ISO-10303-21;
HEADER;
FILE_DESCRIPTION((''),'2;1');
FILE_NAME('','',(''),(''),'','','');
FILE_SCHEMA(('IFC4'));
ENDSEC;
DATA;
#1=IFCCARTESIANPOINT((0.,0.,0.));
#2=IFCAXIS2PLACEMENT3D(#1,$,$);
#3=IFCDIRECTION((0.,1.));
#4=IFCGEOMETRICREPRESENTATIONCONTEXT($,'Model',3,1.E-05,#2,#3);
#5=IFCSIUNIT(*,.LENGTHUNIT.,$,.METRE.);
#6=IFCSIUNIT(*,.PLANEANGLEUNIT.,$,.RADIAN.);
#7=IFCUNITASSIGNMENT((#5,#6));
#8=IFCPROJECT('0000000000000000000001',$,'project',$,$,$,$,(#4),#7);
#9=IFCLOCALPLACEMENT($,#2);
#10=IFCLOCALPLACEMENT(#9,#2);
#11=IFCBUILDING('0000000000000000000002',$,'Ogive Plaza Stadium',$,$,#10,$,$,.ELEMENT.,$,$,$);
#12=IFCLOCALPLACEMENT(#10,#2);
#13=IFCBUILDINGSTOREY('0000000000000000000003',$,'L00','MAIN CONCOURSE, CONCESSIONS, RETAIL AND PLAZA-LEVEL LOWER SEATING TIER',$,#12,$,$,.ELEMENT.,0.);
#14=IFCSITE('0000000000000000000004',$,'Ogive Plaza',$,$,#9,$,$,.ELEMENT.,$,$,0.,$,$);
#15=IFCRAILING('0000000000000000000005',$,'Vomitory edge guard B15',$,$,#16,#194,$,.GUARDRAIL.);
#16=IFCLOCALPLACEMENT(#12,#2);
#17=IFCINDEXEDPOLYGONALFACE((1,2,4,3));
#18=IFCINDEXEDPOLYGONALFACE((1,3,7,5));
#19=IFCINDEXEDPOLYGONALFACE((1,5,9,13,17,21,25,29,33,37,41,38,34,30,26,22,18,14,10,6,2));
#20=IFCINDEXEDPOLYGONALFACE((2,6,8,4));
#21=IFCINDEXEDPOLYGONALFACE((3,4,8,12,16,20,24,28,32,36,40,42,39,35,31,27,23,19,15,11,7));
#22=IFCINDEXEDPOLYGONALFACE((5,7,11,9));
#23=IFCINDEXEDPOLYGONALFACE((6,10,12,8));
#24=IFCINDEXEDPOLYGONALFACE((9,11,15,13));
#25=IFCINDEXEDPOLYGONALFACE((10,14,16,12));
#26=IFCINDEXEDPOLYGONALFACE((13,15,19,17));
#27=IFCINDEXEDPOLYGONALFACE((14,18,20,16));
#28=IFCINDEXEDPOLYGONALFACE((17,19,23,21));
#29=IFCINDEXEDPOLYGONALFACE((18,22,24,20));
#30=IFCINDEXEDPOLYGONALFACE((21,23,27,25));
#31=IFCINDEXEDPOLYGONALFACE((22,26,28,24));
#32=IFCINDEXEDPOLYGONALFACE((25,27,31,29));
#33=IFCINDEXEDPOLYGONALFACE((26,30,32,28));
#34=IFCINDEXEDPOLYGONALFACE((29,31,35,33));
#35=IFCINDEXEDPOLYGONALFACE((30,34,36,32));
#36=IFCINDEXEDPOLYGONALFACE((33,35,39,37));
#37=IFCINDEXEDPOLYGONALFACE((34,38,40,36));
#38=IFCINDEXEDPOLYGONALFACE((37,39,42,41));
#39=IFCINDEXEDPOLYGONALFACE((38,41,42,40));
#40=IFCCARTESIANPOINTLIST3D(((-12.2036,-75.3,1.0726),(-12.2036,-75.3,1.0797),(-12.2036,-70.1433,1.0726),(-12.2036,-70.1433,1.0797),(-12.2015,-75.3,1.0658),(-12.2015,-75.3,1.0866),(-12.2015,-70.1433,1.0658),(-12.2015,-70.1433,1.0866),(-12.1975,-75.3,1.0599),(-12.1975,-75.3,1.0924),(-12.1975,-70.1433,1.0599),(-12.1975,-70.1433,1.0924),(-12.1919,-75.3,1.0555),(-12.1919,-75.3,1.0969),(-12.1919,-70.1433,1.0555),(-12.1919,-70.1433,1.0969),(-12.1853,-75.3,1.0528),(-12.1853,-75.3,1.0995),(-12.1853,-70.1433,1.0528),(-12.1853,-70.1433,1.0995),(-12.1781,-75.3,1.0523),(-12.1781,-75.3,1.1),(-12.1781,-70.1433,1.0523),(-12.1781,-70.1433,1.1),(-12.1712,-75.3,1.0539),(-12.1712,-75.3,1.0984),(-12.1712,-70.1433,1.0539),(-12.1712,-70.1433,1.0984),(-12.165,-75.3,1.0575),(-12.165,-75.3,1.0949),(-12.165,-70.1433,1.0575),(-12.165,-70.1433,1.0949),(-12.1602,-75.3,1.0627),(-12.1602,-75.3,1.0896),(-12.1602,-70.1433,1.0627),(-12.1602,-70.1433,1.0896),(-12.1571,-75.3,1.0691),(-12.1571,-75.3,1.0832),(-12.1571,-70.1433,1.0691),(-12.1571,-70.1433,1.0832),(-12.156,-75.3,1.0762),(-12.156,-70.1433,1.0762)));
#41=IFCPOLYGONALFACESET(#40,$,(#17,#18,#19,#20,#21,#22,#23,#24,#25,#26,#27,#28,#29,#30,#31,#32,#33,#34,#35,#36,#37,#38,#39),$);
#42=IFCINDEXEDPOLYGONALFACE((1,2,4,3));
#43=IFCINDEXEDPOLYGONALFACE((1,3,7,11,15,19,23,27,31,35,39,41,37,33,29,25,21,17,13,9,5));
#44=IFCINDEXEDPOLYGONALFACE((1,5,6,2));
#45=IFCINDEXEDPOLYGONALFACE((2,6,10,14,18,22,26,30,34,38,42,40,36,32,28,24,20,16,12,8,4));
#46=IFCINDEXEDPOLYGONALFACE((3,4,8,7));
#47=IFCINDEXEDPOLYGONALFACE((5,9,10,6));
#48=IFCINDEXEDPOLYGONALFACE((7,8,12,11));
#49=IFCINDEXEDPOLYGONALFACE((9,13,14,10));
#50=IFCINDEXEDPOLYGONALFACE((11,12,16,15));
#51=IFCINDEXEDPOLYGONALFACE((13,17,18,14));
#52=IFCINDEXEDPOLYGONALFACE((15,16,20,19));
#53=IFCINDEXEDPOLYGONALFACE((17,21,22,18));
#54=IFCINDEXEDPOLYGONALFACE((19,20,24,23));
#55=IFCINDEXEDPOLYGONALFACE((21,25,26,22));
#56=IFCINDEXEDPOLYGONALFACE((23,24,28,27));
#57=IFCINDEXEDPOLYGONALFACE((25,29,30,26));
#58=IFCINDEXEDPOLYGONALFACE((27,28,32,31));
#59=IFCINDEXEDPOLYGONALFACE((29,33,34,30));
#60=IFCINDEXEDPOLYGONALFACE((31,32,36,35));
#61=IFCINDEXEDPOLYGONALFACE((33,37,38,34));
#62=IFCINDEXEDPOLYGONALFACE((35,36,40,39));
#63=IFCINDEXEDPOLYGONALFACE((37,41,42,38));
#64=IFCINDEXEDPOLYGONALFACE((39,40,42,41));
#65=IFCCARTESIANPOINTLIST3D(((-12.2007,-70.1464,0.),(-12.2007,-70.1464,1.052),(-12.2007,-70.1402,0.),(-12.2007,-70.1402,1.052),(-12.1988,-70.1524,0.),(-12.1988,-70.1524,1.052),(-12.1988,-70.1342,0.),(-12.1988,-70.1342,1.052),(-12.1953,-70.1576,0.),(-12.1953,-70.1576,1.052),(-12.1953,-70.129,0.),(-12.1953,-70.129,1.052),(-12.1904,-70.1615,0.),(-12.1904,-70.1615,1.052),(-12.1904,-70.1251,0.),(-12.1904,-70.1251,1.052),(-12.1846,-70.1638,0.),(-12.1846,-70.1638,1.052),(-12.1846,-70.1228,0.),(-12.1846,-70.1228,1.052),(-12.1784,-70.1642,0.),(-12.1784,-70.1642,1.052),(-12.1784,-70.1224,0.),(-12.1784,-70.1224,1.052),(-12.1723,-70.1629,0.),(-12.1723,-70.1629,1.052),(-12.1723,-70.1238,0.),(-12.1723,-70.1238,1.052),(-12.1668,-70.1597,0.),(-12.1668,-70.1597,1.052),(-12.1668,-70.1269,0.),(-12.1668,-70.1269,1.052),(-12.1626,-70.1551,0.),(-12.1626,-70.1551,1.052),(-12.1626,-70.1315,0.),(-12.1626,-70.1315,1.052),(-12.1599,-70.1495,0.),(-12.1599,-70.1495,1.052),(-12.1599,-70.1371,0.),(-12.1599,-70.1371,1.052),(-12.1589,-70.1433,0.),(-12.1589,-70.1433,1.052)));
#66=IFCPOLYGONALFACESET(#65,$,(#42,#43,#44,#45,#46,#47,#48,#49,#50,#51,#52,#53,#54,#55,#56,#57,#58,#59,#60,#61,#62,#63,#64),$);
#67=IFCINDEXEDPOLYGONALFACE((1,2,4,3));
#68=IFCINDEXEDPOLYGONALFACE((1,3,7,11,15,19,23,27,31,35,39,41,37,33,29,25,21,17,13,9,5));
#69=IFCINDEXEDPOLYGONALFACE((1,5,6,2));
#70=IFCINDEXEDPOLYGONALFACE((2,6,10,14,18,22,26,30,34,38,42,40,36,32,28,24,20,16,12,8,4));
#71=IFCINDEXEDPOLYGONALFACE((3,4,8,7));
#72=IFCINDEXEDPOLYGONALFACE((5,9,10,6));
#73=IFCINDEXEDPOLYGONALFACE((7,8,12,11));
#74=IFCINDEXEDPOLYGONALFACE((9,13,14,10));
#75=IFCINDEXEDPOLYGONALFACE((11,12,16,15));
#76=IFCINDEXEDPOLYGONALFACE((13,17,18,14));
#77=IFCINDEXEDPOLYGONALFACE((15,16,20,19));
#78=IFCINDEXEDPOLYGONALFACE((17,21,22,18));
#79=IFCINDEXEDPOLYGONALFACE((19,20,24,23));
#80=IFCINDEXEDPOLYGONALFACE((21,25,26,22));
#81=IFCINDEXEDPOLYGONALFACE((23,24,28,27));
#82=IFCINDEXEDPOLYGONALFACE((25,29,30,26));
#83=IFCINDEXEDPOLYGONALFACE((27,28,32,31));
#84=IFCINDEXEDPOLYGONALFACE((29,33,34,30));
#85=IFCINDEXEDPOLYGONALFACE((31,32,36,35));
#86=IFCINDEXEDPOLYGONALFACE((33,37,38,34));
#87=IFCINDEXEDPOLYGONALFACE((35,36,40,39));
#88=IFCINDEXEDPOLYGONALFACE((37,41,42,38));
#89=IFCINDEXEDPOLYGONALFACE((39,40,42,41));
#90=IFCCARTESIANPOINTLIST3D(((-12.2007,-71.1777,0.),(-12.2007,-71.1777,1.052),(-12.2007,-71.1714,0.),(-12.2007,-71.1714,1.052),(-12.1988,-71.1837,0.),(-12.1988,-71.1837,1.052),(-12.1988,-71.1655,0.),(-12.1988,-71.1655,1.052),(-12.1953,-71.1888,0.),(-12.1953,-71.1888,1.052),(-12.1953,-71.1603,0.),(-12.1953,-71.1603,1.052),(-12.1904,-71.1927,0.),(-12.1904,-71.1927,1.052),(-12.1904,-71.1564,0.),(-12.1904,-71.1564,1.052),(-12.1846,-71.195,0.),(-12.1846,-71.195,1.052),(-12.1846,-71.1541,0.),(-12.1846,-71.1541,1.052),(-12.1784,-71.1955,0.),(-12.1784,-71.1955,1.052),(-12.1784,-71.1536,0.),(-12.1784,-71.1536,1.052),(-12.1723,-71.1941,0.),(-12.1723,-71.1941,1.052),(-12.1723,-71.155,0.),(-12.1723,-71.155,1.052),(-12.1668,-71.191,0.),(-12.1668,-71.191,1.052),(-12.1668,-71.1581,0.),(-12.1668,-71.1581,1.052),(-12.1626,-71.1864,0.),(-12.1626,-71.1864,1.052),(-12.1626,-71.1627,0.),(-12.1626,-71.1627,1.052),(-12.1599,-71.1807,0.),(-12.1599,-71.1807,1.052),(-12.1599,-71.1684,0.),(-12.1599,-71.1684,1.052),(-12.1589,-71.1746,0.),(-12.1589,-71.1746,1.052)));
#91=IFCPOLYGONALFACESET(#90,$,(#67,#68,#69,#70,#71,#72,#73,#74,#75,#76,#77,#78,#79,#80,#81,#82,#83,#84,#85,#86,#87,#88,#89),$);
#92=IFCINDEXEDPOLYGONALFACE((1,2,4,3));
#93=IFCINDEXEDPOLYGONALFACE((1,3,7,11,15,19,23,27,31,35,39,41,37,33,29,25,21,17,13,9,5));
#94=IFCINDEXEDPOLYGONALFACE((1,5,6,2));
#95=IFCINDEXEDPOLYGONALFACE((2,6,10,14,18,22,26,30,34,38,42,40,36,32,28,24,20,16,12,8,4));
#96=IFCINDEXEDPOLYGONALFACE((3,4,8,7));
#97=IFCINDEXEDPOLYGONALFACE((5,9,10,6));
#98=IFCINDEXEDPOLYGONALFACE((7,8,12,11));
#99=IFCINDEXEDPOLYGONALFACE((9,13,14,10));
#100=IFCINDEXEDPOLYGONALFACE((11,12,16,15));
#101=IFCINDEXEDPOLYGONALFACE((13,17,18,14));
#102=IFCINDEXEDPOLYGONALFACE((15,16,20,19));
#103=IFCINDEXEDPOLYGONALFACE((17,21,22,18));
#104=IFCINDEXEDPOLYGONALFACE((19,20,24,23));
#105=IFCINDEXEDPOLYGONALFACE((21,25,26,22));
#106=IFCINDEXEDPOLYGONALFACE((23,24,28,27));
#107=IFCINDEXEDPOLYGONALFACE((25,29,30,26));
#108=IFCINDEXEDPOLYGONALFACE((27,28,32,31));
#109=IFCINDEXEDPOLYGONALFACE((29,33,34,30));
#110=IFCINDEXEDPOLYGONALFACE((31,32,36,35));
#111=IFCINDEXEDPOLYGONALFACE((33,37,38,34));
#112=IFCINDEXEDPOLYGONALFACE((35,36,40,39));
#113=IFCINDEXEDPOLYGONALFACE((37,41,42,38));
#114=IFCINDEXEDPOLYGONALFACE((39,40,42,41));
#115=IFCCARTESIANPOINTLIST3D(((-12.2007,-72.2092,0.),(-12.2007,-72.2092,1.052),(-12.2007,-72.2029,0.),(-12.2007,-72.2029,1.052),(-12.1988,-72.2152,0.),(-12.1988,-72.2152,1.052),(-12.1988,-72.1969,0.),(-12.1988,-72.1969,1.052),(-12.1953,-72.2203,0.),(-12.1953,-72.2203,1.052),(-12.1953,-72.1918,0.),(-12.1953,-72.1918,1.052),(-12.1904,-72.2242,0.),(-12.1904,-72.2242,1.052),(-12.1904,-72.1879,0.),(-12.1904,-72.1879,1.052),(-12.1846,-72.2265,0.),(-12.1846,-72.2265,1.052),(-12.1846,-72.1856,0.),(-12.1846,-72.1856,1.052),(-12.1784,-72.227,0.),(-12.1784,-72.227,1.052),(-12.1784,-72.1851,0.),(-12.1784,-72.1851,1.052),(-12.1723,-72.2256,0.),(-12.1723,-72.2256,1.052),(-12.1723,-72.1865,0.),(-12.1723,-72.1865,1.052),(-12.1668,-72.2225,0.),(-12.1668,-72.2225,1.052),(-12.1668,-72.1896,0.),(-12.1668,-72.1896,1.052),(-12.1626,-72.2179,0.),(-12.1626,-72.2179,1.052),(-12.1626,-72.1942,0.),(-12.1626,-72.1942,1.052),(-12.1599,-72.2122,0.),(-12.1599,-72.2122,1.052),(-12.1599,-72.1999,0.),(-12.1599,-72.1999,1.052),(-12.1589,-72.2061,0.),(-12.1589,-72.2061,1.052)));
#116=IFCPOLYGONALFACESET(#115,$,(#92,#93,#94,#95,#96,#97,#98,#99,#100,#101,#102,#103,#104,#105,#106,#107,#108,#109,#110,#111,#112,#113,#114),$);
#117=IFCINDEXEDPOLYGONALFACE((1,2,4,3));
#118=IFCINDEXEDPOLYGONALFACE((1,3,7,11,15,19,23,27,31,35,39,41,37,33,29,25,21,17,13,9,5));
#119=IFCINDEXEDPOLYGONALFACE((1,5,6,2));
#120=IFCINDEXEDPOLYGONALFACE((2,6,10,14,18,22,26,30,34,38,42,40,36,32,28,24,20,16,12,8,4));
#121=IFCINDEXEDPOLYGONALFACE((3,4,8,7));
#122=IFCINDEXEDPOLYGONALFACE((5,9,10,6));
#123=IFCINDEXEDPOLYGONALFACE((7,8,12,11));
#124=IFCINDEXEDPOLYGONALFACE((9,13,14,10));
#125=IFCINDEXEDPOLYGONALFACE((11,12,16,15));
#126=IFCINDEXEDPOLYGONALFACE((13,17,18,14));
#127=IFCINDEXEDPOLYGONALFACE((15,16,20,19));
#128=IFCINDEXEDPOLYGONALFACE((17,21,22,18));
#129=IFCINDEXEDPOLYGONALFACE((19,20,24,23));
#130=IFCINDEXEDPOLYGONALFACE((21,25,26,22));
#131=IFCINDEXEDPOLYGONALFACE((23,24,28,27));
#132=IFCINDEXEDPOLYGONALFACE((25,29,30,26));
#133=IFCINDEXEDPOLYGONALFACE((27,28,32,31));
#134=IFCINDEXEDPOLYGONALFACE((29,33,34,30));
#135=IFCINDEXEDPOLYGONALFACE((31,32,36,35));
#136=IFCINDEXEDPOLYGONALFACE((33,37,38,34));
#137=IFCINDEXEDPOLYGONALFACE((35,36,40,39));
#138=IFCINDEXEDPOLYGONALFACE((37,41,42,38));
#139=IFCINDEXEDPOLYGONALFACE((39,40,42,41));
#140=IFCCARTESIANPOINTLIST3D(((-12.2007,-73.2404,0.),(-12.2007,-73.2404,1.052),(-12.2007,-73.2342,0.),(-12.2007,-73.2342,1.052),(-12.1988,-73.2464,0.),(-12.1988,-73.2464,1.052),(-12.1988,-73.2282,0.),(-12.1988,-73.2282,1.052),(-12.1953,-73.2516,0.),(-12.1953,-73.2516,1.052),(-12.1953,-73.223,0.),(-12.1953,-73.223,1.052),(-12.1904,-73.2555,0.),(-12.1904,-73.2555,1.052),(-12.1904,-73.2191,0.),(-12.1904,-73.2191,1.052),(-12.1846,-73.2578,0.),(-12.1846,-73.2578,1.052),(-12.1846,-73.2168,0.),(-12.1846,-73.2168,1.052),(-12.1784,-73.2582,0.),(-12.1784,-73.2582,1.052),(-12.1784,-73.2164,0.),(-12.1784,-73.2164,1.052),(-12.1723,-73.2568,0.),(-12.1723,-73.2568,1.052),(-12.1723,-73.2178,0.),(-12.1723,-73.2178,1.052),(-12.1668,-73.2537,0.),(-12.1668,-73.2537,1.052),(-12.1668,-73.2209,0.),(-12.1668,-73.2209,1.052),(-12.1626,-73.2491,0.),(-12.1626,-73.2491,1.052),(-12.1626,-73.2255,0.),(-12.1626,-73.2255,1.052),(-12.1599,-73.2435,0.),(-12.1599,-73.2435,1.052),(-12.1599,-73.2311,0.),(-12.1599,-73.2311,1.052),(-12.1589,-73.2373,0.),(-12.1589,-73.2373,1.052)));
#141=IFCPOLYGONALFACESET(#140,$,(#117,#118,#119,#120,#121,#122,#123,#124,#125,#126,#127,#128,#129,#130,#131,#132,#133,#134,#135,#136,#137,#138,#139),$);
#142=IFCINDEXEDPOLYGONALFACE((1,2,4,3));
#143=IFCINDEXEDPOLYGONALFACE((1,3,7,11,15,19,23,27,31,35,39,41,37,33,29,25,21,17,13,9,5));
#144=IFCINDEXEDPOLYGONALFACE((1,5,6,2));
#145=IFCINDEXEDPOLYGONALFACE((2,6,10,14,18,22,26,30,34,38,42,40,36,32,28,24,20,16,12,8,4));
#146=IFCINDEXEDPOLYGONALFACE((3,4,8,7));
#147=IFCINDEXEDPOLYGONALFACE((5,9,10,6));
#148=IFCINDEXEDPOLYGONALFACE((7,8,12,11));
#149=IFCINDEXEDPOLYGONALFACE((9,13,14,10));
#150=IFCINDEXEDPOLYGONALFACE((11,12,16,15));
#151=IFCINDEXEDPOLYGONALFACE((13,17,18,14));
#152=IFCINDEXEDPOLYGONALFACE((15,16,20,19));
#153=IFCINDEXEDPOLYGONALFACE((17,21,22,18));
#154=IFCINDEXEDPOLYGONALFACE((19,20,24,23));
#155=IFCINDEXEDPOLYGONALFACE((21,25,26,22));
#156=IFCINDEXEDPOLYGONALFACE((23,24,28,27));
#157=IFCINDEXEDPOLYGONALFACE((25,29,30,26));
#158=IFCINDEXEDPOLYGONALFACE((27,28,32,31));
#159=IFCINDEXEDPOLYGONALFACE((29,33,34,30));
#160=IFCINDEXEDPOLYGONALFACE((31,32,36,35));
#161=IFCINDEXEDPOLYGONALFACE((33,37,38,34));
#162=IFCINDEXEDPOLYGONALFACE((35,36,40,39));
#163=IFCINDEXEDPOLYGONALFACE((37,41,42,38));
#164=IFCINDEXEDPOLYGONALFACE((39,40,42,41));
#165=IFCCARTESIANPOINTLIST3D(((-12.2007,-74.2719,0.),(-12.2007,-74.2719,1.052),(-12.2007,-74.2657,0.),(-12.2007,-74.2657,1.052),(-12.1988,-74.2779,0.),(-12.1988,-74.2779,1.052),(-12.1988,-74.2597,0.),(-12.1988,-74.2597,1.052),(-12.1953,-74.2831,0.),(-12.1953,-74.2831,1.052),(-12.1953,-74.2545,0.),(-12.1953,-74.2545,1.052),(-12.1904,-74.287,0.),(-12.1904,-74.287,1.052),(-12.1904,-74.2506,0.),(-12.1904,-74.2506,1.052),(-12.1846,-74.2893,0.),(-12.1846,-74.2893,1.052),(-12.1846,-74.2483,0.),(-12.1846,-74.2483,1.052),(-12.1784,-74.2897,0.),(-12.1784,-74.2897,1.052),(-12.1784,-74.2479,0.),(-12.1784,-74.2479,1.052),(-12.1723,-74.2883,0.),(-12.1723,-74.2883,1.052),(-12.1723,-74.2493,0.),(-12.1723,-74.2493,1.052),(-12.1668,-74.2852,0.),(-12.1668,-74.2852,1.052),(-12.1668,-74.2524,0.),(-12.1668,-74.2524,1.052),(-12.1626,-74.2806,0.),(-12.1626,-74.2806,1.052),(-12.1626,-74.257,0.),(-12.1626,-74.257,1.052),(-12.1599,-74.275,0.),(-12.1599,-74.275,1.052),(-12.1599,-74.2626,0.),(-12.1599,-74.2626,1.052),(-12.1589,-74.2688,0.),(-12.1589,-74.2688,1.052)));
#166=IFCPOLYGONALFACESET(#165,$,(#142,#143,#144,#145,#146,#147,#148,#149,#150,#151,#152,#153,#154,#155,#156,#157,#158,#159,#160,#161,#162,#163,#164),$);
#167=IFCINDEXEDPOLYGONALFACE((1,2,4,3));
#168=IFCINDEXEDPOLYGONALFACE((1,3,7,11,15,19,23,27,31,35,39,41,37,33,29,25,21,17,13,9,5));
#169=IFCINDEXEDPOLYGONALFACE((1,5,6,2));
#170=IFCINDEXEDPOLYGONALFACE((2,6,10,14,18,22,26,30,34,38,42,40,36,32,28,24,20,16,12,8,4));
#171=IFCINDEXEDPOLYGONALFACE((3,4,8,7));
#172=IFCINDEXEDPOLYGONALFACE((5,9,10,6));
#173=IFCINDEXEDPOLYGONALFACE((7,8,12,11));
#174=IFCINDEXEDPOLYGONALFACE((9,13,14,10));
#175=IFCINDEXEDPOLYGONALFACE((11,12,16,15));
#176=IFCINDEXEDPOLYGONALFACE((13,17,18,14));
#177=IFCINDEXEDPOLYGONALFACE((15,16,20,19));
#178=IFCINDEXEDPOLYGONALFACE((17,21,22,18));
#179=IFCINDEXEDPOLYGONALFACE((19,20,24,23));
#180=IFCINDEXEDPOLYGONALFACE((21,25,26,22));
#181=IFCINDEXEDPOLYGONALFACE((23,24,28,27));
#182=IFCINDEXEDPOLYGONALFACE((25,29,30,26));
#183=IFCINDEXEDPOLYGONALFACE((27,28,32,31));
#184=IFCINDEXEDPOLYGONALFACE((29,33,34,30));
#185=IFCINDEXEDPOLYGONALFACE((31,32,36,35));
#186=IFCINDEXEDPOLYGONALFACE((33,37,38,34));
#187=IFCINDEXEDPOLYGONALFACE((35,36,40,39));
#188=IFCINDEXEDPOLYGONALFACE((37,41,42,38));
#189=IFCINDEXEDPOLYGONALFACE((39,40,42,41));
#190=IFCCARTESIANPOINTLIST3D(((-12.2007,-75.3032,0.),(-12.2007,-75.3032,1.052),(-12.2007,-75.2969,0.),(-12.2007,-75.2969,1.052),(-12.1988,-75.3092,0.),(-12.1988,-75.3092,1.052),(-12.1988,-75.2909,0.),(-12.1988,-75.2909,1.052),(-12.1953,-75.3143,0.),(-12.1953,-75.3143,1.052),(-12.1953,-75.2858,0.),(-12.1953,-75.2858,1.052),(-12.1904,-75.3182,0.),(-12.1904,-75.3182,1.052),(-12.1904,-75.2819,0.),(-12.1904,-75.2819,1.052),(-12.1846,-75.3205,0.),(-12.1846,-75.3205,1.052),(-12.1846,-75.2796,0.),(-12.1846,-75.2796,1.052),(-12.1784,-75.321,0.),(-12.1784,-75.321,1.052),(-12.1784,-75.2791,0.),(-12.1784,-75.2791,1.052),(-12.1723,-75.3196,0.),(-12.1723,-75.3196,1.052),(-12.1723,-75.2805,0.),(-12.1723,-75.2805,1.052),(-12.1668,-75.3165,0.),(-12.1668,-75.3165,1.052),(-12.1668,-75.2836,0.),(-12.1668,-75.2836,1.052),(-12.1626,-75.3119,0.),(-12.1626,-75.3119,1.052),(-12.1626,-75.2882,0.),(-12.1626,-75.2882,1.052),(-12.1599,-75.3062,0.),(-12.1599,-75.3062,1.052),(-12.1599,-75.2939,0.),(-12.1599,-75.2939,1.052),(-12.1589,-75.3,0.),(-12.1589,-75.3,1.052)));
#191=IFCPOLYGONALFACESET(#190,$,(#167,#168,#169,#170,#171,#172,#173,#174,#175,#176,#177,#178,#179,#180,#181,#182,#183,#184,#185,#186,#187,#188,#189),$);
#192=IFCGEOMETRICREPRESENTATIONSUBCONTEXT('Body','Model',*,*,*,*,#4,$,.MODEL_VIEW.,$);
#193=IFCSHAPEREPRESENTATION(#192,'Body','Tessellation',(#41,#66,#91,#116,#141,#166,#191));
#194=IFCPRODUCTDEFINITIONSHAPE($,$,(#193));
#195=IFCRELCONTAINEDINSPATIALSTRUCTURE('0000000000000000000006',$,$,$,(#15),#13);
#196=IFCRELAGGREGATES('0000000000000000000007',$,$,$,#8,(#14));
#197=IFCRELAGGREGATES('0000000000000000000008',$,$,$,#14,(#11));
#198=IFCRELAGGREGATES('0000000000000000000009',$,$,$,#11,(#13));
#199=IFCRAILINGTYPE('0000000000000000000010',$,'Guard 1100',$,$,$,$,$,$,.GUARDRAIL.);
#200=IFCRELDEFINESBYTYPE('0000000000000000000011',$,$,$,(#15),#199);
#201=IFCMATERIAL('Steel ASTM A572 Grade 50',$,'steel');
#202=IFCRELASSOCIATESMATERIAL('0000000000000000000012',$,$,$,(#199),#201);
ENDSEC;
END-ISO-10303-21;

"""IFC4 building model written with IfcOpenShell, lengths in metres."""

from ifc_helpers import new_model, si_unit, direction, frame, origin, origin_2d, place, context, subcontext, project, spatial, circle, extrude, material, type_object, element, save


model = new_model("IFC4")

# Units and contexts
model_context = context("Model", 3, precision=1e-05, world=origin(), true_north=direction((0.0, 1.0)))
body_context = subcontext(model_context, "Body", "Model", "MODEL_VIEW")
ifc_project = project(units=[si_unit("LENGTHUNIT", "METRE"), si_unit("PLANEANGLEUNIT", "RADIAN")], contexts=[model_context])

# Site, building, storey
site_placement = place(None, origin())
site = spatial("IfcSite", under=ifc_project, at=site_placement, Name="Ogive Plaza", CompositionType="ELEMENT", RefElevation=0.0)
building_placement = place(site_placement, origin())
building = spatial("IfcBuilding", under=site, at=building_placement, Name="Ogive Plaza Stadium", CompositionType="ELEMENT")
storey_placement = place(building_placement, origin())
storey = spatial("IfcBuildingStorey", under=building, at=storey_placement, Name="L00", Description="MAIN CONCOURSE, CONCESSIONS, RETAIL AND PLAZA-LEVEL LOWER SEATING TIER", CompositionType="ELEMENT", Elevation=0.0)

# Railing
ifc_material_1 = material(Name="Steel ASTM A572 Grade 50", Category="steel")
railing_type = type_object("IfcRailingType", Name="Guard 1100", PredefinedType="GUARDRAIL", material=ifc_material_1)
for number, where, name in (
    (1, (-12.1799, -70.1433, 0.0), "Vomitory edge guard B15"),
):
    element("IfcRailing", number, at=place(storey_placement, frame(where)), inside=storey, type_object=railing_type, Name=name, PredefinedType="GUARDRAIL", context=body_context, shape_type="SweptSolid", body=[
        extrude(circle(Radius=0.0239, at=origin_2d()), frame((0.0, 0.0, 1.0762), z_axis=(0.0, -1.0, 0.0), x_axis=(1.0, 0.0, 0.0)), (0.0, 0.0, 1.0), 5.1567),
        extrude(circle(Radius=0.021, at=origin_2d()), origin(), (0.0, 0.0, 1.0), 1.052),
        extrude(circle(Radius=0.021, at=origin_2d()), frame((0.0, -1.0312, 0.0)), (0.0, 0.0, 1.0), 1.052),
        extrude(circle(Radius=0.021, at=origin_2d()), frame((0.0, -2.0627, 0.0)), (0.0, 0.0, 1.0), 1.052),
        extrude(circle(Radius=0.021, at=origin_2d()), frame((0.0, -3.094, 0.0)), (0.0, 0.0, 1.0), 1.052),
        extrude(circle(Radius=0.021, at=origin_2d()), frame((0.0, -4.1255, 0.0)), (0.0, 0.0, 1.0), 1.052),
        extrude(circle(Radius=0.021, at=origin_2d()), frame((0.0, -5.1567, 0.0)), (0.0, 0.0, 1.0), 1.052),
    ])

save(model, "model.ifc")
